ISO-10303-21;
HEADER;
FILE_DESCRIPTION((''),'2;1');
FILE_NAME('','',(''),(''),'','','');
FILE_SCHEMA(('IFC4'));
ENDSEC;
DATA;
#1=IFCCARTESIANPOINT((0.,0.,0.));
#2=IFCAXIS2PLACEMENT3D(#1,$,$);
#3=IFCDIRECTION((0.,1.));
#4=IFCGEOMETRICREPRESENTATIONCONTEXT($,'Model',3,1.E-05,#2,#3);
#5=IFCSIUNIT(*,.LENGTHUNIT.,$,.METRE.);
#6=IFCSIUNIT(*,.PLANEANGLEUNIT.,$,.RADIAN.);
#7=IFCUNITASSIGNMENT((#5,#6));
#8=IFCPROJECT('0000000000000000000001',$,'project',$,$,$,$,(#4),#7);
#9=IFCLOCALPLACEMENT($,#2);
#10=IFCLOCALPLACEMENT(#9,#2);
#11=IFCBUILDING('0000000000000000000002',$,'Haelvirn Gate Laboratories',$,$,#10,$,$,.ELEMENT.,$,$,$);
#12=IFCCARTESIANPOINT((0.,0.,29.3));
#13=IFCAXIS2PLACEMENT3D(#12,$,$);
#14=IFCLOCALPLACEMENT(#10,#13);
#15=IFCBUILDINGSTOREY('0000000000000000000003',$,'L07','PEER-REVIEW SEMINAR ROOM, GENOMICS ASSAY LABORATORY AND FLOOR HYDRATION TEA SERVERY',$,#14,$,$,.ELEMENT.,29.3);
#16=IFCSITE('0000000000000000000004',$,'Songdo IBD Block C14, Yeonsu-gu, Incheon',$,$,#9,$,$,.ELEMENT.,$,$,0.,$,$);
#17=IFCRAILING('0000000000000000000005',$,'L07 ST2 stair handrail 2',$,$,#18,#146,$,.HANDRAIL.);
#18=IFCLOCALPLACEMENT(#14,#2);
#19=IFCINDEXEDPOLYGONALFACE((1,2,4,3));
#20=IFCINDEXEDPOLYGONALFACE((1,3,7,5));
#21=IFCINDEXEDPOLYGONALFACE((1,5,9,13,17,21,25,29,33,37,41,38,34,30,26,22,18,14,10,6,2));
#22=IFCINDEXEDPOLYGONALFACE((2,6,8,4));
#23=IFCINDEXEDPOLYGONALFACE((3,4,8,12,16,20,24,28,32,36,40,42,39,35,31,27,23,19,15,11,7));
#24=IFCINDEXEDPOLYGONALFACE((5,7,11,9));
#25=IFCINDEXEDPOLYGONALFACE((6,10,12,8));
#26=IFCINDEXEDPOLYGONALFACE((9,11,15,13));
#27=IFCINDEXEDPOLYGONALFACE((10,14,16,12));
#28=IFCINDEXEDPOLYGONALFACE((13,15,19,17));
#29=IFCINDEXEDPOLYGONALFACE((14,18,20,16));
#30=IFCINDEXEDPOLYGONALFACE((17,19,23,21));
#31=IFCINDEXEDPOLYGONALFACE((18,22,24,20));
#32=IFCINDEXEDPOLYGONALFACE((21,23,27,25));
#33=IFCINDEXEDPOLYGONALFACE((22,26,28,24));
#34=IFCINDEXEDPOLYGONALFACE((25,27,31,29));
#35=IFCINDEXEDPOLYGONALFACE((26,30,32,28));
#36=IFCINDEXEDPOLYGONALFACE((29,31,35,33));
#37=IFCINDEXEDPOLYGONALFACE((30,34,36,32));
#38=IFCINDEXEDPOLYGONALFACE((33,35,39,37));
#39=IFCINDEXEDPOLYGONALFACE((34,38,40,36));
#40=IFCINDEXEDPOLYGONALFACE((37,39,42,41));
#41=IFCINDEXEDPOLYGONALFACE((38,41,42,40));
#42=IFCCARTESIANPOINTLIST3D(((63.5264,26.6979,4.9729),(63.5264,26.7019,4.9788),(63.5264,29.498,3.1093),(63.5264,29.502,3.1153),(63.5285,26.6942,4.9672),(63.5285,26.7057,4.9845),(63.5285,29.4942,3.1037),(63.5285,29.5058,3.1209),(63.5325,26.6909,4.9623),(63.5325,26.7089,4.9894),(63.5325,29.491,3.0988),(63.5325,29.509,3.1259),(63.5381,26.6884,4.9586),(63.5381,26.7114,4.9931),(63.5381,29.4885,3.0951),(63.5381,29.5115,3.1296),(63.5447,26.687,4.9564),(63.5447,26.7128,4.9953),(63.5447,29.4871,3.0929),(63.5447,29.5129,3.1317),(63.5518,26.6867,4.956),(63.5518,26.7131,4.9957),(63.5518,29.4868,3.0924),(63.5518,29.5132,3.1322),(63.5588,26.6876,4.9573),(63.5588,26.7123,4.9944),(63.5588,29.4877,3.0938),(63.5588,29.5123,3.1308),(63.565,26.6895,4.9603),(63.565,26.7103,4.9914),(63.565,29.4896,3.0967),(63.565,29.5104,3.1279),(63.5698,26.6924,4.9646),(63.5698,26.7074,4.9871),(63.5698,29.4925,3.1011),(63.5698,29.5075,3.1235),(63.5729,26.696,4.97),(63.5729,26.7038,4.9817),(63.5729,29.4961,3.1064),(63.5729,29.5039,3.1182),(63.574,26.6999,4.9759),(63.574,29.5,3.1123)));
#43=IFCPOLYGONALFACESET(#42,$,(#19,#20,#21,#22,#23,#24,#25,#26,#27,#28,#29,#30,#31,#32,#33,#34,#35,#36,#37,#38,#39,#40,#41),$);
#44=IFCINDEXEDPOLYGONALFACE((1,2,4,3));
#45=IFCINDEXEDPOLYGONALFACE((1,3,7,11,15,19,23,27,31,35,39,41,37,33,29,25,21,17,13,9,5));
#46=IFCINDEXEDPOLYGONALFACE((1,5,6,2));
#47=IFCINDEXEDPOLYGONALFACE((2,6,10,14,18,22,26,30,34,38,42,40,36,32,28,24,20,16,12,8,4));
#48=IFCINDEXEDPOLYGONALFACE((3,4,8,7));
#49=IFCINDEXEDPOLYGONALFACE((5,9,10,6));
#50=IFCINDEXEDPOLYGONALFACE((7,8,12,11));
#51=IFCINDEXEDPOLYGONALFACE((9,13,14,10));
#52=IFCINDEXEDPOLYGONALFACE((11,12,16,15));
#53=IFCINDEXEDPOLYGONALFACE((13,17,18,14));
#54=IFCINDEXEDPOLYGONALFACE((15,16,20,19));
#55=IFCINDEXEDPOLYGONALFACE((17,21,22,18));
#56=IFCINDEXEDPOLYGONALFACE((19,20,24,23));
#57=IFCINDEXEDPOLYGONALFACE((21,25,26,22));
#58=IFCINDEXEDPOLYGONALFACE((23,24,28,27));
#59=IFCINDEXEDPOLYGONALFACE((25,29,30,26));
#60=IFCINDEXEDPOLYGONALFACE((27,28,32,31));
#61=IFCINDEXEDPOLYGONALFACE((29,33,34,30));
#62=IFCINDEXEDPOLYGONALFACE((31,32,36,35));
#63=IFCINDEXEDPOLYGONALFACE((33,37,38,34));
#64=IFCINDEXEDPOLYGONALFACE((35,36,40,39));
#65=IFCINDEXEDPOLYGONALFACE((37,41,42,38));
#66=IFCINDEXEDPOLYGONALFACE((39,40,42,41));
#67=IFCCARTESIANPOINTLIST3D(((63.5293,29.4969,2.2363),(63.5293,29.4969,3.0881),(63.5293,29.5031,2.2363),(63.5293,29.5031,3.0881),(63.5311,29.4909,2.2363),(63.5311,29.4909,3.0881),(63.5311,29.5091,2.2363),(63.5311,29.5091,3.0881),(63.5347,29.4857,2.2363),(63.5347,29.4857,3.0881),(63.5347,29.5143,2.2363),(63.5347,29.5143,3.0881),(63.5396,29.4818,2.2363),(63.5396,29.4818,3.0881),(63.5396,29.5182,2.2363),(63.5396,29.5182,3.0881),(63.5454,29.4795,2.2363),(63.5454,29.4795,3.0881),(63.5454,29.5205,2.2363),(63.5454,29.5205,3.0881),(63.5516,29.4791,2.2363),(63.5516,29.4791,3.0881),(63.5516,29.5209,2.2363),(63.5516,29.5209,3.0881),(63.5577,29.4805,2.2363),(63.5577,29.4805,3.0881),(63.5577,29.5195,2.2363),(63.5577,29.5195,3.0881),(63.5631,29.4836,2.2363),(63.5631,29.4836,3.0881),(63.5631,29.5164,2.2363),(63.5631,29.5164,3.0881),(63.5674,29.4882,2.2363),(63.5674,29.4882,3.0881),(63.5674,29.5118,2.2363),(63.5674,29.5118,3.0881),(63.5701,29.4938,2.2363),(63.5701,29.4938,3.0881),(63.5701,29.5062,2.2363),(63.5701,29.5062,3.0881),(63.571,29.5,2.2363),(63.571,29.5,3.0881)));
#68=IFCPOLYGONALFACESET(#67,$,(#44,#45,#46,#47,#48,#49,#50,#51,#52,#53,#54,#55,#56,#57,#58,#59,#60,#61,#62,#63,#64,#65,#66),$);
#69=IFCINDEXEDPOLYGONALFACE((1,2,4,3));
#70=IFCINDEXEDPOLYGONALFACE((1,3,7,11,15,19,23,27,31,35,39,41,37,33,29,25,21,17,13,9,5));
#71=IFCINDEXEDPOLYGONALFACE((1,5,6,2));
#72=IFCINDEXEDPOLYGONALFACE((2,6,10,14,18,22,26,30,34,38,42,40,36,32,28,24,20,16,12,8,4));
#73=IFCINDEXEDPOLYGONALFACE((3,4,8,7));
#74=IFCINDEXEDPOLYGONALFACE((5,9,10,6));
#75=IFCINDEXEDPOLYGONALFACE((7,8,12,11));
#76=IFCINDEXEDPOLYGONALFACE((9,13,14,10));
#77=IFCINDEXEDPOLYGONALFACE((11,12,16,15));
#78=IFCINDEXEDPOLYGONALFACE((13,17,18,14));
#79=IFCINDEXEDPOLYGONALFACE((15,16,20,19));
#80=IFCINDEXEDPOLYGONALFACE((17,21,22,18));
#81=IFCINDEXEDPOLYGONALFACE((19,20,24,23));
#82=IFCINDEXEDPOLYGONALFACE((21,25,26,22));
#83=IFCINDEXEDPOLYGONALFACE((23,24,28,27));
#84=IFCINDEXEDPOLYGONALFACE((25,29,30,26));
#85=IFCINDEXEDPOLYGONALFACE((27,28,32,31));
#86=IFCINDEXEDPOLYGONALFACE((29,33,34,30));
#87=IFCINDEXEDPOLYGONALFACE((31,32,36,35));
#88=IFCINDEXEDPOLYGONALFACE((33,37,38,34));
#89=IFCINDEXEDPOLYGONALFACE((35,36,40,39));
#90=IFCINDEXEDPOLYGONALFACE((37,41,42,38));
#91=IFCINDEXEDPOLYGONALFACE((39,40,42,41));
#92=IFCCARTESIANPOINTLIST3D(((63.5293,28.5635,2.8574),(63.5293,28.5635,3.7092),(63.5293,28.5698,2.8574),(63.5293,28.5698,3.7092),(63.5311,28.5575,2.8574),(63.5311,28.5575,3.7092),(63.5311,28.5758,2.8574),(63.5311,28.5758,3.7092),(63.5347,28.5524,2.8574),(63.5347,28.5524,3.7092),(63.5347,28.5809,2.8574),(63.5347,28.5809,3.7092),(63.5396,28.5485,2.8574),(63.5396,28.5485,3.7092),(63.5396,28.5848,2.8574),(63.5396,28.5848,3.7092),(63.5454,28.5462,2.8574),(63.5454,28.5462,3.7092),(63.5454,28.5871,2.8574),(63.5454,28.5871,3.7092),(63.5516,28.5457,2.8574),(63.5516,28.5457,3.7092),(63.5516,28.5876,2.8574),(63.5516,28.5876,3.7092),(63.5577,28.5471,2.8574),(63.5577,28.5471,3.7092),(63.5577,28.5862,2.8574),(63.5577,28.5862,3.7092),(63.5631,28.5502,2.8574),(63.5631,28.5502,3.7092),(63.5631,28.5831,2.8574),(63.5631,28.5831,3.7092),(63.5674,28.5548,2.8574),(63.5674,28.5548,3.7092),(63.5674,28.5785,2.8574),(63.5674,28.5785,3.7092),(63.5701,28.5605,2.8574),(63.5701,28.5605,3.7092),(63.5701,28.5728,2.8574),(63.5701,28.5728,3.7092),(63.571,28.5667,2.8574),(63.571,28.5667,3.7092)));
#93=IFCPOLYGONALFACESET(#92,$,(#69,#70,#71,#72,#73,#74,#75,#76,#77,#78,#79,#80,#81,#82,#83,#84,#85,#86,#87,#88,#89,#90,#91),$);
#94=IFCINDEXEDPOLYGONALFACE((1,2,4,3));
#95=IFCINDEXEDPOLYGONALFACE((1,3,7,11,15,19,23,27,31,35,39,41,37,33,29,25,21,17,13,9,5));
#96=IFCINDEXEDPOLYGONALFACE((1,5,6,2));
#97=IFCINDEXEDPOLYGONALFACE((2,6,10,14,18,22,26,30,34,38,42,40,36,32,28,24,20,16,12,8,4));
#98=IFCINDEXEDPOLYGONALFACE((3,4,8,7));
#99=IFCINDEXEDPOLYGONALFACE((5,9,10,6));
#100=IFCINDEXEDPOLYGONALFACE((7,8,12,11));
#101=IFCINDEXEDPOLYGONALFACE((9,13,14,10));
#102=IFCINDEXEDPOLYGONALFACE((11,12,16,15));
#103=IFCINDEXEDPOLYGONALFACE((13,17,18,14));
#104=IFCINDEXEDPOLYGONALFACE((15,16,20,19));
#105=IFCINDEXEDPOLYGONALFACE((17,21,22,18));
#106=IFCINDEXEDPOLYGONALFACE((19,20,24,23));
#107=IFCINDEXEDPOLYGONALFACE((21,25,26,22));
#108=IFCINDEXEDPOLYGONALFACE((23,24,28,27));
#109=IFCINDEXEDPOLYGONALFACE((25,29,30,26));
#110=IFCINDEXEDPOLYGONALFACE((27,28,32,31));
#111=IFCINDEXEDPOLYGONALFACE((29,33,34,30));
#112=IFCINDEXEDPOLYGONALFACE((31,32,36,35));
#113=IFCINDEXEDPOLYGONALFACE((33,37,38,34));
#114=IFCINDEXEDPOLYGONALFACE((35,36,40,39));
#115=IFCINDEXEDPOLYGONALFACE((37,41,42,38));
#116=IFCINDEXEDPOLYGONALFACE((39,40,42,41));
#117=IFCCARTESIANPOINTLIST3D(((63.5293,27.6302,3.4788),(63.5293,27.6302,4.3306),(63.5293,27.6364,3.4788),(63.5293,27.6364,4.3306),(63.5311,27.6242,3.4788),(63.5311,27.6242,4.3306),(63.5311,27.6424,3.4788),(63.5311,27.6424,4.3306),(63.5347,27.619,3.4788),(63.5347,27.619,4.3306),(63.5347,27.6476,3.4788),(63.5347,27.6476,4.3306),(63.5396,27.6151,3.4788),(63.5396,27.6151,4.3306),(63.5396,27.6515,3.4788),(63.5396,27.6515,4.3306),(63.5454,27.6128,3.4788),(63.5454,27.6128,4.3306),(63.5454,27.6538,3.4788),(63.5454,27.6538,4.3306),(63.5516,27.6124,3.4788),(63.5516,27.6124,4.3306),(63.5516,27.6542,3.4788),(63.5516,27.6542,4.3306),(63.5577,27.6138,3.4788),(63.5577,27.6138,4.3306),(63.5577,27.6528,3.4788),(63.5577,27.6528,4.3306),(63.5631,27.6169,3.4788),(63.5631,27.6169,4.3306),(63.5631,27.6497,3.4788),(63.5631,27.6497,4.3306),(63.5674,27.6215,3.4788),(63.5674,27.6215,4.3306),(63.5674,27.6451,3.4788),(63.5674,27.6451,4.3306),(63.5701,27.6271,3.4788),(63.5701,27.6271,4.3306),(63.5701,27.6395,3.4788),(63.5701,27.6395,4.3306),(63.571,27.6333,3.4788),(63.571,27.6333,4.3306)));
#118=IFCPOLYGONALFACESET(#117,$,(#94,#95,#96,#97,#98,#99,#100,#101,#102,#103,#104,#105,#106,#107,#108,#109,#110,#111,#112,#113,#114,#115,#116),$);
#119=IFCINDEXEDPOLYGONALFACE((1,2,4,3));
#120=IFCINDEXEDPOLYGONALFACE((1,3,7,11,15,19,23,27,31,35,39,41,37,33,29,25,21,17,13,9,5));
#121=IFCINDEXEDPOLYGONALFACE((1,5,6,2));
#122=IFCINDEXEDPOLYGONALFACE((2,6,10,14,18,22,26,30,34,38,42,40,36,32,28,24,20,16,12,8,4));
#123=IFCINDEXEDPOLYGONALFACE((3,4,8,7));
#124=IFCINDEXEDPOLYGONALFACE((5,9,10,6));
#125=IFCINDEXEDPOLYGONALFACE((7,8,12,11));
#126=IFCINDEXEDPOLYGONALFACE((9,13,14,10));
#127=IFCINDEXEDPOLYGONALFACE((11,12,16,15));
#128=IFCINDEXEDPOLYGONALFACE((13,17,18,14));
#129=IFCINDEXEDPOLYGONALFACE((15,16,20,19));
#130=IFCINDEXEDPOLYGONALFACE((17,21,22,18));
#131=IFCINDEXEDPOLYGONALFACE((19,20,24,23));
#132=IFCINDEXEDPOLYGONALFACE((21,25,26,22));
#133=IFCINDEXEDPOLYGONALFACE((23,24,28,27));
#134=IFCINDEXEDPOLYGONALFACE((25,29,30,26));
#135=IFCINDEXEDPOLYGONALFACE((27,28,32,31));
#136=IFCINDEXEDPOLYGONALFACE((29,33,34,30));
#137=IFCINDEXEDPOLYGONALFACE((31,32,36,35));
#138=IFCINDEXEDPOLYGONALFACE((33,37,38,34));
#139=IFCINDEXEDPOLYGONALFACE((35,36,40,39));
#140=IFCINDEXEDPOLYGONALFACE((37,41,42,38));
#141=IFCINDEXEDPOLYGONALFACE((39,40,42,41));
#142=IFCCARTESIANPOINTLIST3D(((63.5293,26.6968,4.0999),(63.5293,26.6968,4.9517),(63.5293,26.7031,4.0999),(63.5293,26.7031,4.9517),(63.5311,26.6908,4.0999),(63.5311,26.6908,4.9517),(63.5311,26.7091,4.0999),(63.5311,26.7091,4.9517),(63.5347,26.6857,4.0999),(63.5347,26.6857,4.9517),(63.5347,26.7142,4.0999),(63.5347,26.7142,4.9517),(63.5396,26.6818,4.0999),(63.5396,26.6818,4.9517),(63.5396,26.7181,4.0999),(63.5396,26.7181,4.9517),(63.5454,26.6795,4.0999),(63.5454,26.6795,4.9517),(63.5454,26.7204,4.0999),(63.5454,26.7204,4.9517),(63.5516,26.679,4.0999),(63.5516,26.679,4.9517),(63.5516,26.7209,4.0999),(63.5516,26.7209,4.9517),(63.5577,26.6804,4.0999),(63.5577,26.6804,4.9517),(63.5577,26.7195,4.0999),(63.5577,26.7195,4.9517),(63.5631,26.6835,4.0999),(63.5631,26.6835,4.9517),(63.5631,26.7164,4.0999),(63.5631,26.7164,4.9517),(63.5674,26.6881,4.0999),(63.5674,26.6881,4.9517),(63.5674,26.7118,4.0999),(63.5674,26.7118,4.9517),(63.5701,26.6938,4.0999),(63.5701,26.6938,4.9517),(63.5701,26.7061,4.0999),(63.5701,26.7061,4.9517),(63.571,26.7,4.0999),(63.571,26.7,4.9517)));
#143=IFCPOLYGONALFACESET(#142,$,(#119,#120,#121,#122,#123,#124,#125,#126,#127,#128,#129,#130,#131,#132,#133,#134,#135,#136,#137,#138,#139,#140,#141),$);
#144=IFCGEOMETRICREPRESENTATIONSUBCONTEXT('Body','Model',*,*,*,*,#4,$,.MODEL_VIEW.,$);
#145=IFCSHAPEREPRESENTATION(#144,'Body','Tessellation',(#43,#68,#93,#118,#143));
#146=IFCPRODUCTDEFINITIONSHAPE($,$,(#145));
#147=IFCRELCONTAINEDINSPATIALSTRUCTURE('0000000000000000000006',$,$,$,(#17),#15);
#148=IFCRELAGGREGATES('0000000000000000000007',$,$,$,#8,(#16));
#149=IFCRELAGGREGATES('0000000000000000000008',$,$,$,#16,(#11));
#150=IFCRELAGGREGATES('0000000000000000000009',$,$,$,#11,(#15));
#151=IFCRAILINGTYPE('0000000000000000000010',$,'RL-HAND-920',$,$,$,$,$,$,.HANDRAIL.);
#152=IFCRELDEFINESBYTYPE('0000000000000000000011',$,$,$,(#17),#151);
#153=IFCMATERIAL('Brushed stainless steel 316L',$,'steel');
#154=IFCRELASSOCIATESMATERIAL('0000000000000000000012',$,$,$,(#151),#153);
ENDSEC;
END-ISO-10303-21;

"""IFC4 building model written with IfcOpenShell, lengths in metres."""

from ifc_helpers import new_model, si_unit, direction, frame, origin, origin_2d, place, context, subcontext, project, spatial, circle, extrude, source, transform, mapped, material, type_object, element, save


model = new_model("IFC4")

# Units and contexts
model_context = context("Model", 3, precision=1e-05, world=origin(), true_north=direction((0.0, 1.0)))
body_context = subcontext(model_context, "Body", "Model", "MODEL_VIEW")
ifc_project = project(units=[si_unit("LENGTHUNIT", "METRE"), si_unit("PLANEANGLEUNIT", "RADIAN")], contexts=[model_context])

# Site, building, storey
site_placement = place(None, origin())
site = spatial("IfcSite", under=ifc_project, at=site_placement, Name="Songdo IBD Block C14, Yeonsu-gu, Incheon", CompositionType="ELEMENT", RefElevation=0.0)
building_placement = place(site_placement, origin())
building = spatial("IfcBuilding", under=site, at=building_placement, Name="Haelvirn Gate Laboratories", CompositionType="ELEMENT")
storey_placement = place(building_placement, frame((0.0, 0.0, 29.3)))
storey = spatial("IfcBuildingStorey", under=building, at=storey_placement, Name="L07", Description="PEER-REVIEW SEMINAR ROOM, GENOMICS ASSAY LABORATORY AND FLOOR HYDRATION TEA SERVERY", CompositionType="ELEMENT", Elevation=29.3)

# Railing
ifc_material_1 = material(Name="Brushed stainless steel 316L", Category="steel")
railing_type_1 = type_object("IfcRailingType", Name="RL-HAND-920", PredefinedType="HANDRAIL", material=ifc_material_1)
shared_shape_1 = source(origin(), body_context, "Body", "SweptSolid", [
    extrude(circle(Radius=0.0239, at=origin_2d()), frame((0.0, 0.0, 0.876), z_axis=(0.0, -0.832486, 0.554047), x_axis=(1.0, 0.0, 0.0)), (0.0, 0.0, 1.0), 3.3635),
    extrude(circle(Radius=0.021, at=origin_2d()), origin(), (0.0, 0.0, 1.0), 0.8518),
    extrude(circle(Radius=0.021, at=origin_2d()), frame((0.0, -0.9333, 0.6211)), (0.0, 0.0, 1.0), 0.8518),
    extrude(circle(Radius=0.021, at=origin_2d()), frame((0.0, -1.8667, 1.2424)), (0.0, 0.0, 1.0), 0.8518),
    extrude(circle(Radius=0.021, at=origin_2d()), frame((0.0, -2.8, 1.8635)), (0.0, 0.0, 1.0), 0.8518),
])
railing_1_placement = place(storey_placement, frame((63.55, 29.5, 2.2363)))
element("IfcRailing", 1, at=railing_1_placement, inside=storey, type_object=railing_type_1, Name="L07 ST2 stair handrail 2", PredefinedType="HANDRAIL", context=body_context, shape_type="MappedRepresentation", body=[
    mapped(shared_shape_1, transform((0.0, 0.0, 0.0), scale=1.0)),
])

save(model, "model.ifc")
